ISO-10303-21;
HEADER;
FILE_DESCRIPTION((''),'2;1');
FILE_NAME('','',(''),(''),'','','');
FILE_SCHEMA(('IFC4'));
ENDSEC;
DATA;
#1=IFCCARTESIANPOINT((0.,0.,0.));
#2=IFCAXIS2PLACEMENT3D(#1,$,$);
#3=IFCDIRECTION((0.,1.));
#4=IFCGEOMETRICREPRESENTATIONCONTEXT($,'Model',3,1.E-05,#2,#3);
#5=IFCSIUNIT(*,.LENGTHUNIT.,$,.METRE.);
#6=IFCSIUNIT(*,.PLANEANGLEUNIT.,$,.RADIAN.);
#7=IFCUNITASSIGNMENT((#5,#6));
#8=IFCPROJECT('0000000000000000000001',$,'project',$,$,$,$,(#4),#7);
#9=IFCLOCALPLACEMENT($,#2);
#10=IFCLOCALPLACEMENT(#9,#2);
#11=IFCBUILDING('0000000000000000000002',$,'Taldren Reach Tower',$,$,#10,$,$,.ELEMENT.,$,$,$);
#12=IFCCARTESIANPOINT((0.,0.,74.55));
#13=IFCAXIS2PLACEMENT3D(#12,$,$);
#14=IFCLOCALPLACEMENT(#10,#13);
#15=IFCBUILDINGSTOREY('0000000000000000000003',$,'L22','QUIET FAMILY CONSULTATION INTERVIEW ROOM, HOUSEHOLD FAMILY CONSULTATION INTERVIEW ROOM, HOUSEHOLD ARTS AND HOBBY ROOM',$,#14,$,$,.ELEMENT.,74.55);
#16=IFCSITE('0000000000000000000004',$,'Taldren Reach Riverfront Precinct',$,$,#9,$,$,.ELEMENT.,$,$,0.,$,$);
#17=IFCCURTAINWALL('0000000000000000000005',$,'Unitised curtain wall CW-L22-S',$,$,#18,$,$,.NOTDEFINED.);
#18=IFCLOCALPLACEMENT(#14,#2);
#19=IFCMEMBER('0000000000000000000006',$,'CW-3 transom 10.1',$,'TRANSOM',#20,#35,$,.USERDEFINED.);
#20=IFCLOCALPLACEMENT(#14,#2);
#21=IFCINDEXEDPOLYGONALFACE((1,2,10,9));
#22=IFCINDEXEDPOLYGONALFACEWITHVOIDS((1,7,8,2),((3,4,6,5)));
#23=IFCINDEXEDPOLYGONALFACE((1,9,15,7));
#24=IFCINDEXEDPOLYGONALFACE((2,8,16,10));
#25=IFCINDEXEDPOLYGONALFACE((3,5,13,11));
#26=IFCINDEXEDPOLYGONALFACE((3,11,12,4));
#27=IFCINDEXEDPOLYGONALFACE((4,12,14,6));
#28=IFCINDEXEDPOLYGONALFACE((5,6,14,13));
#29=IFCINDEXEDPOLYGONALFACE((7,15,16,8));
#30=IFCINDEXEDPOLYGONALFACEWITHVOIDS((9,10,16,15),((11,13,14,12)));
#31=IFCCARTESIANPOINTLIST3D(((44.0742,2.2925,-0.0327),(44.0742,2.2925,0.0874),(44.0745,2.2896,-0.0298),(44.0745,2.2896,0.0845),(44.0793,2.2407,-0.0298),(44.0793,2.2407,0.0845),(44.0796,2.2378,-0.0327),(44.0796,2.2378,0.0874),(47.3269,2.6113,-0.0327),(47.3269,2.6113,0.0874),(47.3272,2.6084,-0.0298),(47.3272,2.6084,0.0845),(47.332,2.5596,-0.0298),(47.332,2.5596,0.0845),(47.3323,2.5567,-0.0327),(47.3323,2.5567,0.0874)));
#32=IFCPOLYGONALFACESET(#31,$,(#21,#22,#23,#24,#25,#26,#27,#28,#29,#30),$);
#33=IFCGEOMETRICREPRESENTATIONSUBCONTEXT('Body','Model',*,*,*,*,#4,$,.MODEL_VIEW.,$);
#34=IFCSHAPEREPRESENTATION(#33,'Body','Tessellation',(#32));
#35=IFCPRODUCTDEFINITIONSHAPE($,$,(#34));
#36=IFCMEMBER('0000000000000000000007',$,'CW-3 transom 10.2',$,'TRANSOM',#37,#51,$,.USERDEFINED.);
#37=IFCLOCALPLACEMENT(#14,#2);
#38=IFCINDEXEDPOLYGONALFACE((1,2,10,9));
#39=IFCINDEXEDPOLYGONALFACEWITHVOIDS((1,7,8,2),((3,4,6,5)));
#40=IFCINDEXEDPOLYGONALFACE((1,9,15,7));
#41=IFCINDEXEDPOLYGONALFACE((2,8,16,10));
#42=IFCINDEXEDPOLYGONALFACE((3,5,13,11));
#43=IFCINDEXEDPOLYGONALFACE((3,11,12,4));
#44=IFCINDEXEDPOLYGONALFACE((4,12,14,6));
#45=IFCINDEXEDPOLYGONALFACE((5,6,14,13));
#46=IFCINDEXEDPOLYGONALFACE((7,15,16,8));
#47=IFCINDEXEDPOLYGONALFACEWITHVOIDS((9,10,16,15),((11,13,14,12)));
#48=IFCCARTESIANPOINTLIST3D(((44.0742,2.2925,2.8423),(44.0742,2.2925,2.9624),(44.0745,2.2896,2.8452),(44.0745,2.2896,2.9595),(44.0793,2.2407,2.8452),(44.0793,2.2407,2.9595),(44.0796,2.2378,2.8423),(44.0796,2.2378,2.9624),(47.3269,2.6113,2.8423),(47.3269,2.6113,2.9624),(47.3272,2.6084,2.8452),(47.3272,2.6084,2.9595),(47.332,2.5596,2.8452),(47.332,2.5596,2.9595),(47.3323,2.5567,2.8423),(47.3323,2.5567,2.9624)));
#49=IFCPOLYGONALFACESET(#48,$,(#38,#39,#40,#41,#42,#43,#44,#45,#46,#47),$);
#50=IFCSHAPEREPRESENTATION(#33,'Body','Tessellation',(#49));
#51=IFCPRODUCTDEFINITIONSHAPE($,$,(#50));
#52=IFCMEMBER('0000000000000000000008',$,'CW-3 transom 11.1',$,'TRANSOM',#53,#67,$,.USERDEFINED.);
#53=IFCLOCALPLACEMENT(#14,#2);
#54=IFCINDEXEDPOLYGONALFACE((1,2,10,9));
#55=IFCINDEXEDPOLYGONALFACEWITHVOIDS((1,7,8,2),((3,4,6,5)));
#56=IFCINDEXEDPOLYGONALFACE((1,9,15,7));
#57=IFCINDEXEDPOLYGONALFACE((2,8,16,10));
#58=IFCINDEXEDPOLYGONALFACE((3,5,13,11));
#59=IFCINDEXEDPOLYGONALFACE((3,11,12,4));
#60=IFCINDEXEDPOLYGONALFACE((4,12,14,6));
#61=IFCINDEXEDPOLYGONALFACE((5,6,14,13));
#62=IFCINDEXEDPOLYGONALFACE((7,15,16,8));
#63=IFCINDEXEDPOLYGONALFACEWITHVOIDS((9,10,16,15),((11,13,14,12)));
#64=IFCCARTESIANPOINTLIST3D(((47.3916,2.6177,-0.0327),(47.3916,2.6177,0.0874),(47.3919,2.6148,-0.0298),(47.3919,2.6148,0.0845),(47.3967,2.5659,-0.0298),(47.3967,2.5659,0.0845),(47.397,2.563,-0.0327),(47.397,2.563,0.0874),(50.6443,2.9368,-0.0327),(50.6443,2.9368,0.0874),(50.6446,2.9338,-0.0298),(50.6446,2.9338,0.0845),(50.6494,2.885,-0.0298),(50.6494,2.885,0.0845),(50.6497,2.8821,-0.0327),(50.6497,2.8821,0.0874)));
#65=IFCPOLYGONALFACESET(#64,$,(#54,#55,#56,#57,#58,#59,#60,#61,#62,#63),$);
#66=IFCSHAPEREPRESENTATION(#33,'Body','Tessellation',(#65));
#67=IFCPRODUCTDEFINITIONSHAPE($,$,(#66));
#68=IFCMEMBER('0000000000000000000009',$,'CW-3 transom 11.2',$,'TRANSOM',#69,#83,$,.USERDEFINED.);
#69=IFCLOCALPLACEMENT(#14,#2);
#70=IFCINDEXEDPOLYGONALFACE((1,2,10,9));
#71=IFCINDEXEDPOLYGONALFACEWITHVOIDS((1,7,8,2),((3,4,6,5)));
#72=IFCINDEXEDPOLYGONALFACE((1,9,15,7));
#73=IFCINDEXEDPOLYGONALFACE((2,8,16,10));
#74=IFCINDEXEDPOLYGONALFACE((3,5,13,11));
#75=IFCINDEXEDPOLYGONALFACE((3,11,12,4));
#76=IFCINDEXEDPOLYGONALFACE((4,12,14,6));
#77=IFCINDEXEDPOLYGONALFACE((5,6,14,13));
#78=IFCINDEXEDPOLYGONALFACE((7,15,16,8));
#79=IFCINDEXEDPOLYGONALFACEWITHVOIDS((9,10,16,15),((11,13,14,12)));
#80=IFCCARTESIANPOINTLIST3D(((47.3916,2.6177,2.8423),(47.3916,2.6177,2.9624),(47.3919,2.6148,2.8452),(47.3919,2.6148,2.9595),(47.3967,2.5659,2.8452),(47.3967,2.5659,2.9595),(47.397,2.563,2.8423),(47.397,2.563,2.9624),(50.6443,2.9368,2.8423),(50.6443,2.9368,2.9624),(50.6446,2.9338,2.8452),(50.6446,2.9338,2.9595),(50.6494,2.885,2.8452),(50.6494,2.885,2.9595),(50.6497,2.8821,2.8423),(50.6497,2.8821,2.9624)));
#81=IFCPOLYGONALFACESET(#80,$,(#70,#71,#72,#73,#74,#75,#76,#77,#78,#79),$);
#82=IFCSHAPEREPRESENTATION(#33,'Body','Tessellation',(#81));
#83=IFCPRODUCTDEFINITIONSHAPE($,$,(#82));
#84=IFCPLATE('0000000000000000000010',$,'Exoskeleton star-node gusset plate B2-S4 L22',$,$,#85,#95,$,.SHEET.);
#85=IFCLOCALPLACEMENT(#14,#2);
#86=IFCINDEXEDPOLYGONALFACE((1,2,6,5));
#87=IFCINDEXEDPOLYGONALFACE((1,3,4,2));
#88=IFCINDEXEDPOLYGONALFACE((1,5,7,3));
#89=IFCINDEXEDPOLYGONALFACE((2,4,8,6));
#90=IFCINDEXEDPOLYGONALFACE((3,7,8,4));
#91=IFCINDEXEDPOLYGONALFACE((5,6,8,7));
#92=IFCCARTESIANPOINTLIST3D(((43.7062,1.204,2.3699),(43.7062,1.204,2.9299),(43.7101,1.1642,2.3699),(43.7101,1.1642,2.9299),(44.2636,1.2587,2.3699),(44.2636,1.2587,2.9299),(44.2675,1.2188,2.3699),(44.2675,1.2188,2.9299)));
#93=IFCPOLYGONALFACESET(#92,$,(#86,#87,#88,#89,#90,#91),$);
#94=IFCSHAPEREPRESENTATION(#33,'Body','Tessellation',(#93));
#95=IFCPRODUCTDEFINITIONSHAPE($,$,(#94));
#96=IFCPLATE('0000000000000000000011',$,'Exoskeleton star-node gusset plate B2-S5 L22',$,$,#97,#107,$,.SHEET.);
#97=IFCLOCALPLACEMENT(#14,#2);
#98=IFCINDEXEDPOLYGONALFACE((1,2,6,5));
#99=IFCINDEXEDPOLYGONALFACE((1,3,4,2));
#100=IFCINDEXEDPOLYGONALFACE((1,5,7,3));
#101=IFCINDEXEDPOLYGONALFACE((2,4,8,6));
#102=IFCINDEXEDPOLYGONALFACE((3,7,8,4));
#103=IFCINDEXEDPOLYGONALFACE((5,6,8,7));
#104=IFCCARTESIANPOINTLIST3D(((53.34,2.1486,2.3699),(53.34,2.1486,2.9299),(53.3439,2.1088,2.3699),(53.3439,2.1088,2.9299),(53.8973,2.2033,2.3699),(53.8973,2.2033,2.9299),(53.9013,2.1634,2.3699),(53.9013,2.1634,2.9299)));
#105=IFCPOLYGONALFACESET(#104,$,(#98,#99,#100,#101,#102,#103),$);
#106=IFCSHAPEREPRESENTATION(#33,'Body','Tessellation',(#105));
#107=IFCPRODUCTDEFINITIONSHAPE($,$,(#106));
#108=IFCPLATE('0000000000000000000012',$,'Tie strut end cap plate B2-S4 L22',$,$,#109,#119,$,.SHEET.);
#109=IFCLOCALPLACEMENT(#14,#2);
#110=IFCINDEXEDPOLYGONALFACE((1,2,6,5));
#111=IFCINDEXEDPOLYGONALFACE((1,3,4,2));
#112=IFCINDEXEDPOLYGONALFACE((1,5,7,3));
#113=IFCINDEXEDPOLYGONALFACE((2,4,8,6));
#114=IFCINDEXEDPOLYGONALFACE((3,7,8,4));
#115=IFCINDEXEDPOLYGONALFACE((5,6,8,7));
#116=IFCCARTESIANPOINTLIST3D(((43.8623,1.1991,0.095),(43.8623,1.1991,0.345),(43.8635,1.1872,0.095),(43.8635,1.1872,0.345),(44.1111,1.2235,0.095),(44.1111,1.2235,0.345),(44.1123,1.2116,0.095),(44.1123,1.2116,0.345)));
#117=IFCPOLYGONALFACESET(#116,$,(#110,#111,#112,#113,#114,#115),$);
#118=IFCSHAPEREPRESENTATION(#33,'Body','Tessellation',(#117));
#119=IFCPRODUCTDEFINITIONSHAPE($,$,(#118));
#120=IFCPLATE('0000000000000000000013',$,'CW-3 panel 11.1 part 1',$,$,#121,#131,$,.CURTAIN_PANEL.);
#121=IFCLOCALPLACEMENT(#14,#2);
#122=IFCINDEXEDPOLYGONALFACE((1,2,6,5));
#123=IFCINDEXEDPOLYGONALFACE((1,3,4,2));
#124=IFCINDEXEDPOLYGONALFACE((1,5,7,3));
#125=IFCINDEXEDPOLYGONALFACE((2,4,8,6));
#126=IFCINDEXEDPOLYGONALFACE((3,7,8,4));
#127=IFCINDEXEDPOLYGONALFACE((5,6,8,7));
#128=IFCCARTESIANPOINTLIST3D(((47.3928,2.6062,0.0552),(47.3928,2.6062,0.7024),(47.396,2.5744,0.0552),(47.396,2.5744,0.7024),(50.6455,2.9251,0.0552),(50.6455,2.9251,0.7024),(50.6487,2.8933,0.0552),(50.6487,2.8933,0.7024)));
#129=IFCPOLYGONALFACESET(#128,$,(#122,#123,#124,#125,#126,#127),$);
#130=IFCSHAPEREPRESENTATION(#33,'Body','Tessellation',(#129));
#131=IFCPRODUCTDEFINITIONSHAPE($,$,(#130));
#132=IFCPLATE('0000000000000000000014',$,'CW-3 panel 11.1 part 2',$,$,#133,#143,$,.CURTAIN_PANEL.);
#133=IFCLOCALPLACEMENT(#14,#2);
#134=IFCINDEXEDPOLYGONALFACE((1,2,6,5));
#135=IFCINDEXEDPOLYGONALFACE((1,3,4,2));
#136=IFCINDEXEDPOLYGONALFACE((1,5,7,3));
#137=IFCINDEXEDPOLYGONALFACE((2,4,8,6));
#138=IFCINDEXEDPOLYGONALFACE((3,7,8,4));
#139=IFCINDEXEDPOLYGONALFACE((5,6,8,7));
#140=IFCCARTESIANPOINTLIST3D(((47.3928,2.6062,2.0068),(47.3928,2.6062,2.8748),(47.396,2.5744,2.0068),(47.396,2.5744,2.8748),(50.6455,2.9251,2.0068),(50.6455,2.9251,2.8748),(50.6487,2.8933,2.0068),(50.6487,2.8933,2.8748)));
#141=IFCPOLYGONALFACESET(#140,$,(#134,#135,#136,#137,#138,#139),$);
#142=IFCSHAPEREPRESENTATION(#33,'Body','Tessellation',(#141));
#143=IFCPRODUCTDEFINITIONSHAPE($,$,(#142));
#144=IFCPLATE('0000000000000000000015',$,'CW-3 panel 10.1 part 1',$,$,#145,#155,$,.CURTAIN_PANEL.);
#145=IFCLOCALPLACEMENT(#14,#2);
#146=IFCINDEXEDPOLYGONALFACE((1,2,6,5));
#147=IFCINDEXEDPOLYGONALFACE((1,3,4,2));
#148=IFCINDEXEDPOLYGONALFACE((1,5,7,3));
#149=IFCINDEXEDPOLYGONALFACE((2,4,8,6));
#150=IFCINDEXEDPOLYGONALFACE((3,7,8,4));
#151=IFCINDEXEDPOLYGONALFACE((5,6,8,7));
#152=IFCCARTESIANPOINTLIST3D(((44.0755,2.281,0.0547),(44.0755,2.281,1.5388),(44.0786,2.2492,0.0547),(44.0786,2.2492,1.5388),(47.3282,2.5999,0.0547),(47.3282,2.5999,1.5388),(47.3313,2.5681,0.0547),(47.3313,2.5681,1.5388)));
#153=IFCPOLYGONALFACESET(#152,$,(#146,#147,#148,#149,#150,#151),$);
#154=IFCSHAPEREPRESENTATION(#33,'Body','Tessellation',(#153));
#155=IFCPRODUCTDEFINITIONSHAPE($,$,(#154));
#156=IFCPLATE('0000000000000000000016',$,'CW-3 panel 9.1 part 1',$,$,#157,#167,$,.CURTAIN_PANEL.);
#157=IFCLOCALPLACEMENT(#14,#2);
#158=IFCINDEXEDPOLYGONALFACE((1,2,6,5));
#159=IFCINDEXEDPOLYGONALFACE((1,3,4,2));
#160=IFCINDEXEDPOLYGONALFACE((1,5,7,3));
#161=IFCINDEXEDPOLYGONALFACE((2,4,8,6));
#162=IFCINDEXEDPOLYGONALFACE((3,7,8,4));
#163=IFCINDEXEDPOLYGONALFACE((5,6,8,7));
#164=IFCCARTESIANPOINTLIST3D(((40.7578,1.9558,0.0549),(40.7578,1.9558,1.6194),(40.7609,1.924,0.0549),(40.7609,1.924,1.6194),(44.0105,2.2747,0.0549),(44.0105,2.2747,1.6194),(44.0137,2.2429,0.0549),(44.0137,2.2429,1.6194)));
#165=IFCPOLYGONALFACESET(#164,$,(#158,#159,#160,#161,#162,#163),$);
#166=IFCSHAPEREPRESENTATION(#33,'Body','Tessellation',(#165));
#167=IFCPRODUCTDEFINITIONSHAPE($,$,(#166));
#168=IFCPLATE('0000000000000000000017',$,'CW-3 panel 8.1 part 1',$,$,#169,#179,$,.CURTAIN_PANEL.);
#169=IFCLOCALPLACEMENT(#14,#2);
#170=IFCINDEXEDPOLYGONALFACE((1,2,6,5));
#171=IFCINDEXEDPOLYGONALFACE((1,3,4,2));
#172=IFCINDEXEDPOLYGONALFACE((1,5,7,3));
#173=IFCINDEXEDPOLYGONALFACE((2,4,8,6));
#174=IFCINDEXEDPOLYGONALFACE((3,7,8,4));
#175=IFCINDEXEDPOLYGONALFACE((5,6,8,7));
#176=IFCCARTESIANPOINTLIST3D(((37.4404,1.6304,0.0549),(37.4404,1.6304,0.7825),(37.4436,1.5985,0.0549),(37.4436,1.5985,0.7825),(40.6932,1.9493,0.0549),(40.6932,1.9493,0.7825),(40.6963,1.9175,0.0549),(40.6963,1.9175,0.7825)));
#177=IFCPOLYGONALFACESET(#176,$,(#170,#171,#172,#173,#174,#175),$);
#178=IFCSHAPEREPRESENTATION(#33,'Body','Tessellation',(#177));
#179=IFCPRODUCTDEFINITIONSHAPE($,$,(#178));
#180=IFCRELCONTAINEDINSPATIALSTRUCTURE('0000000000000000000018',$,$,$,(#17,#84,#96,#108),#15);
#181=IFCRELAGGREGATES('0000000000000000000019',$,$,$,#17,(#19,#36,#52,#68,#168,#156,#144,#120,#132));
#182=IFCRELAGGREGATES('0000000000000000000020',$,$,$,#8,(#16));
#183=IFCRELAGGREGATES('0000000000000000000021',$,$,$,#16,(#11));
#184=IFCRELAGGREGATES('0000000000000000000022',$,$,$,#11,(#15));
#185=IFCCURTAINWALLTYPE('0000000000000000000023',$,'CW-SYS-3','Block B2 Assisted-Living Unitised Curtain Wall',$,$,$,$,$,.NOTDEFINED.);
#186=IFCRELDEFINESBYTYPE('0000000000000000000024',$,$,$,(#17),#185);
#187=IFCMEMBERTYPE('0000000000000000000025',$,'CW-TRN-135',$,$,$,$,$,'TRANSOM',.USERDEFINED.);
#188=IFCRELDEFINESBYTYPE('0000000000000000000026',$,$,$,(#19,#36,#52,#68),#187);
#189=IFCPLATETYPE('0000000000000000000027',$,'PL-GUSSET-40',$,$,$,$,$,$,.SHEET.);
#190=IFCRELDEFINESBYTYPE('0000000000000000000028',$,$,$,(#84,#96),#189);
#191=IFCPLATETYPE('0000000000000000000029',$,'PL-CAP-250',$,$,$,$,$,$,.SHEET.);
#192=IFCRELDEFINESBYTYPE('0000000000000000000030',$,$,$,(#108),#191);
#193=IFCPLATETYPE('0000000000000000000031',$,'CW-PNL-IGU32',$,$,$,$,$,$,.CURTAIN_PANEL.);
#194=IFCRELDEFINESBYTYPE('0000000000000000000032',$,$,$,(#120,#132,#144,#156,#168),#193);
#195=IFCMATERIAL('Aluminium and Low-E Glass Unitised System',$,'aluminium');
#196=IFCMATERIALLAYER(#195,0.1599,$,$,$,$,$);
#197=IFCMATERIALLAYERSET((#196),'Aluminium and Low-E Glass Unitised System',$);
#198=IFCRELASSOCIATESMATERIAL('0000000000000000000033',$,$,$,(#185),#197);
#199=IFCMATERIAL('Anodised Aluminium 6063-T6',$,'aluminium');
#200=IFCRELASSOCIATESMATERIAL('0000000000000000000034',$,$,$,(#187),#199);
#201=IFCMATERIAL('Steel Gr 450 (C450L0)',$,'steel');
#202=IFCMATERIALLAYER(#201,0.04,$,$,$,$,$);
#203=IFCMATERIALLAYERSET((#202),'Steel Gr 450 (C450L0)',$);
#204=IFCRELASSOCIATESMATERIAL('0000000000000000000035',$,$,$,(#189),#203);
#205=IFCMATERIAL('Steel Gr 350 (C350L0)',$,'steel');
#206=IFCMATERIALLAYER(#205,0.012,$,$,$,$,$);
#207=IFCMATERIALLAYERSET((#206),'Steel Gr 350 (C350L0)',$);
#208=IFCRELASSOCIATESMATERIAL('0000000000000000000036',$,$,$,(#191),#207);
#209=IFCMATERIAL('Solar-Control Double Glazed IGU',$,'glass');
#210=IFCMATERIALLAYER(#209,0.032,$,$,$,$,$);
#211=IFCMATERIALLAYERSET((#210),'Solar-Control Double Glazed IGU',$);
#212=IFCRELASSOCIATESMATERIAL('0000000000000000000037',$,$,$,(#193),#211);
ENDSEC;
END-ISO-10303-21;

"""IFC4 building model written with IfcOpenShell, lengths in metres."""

from ifc_helpers import new_model, si_unit, direction, frame, origin, origin_2d, place, context, subcontext, project, spatial, rectangle, hollow_rectangle, extrude, source, transform, mapped, material, layer, layer_set, material_profile, profile_set, type_object, element, aggregate, save


model = new_model("IFC4")

# Units and contexts
model_context = context("Model", 3, precision=1e-05, world=origin(), true_north=direction((0.0, 1.0)))
body_context = subcontext(model_context, "Body", "Model", "MODEL_VIEW")
ifc_project = project(units=[si_unit("LENGTHUNIT", "METRE"), si_unit("PLANEANGLEUNIT", "RADIAN")], contexts=[model_context])

# Site, building, storey
site_placement = place(None, origin())
site = spatial("IfcSite", under=ifc_project, at=site_placement, Name="Taldren Reach Riverfront Precinct", CompositionType="ELEMENT", RefElevation=0.0)
building_placement = place(site_placement, origin())
building = spatial("IfcBuilding", under=site, at=building_placement, Name="Taldren Reach Tower", CompositionType="ELEMENT")
storey_placement = place(building_placement, frame((0.0, 0.0, 74.55)))
storey = spatial("IfcBuildingStorey", under=building, at=storey_placement, Name="L22", Description="QUIET FAMILY CONSULTATION INTERVIEW ROOM, HOUSEHOLD FAMILY CONSULTATION INTERVIEW ROOM, HOUSEHOLD ARTS AND HOBBY ROOM", CompositionType="ELEMENT", Elevation=74.55)

# Shared definitions
ifc_material_1 = material(Name="Steel Gr 450 (C450L0)", Category="steel")
ifc_material_2 = material(Name="Steel Gr 350 (C350L0)", Category="steel")

# Curtain wall, members
ifc_material_3 = material(Name="Aluminium and Low-E Glass Unitised System", Category="aluminium")
ifc_layer_1 = layer(ifc_material_3, 0.1599)
ifc_layer_set_1 = layer_set([ifc_layer_1], Name="Aluminium and Low-E Glass Unitised System")
curtain_wall_type = type_object("IfcCurtainWallType", Name="CW-SYS-3", Description="Block B2 Assisted-Living Unitised Curtain Wall", PredefinedType="NOTDEFINED", material=ifc_layer_set_1)
curtain_wall_placement = place(storey_placement, origin())
curtain_wall = element("IfcCurtainWall", 1, at=curtain_wall_placement, inside=storey, type_object=curtain_wall_type, Name="Unitised curtain wall CW-L22-S", PredefinedType="NOTDEFINED")
ifc_material_4 = material(Name="Anodised Aluminium 6063-T6", Category="aluminium")
ifc_material_profile_1 = material_profile(ifc_material_4, hollow_rectangle(XDim=0.0549, YDim=0.1201, WallThickness=0.0029, at=origin_2d()), Name="ALU-120x55x3RHS")
ifc_profile_set_1 = profile_set([ifc_material_profile_1], Name="Anodised Aluminium 6063-T6")
member_type_1 = type_object("IfcMemberType", Name="CW-TRN-135", ElementType="TRANSOM", PredefinedType="USERDEFINED", material=ifc_profile_set_1)
shared_shape_1 = source(origin(), body_context, "Body", "SweptSolid", [
    extrude(hollow_rectangle(XDim=0.0549, YDim=0.1201, WallThickness=0.0029, at=origin_2d()), origin(), (0.0, 0.0, 1.0), 3.2683),
])
member_1_placement = place(storey_placement, frame((44.0769, 2.2651, 0.0273), z_axis=(0.99523, 0.097558, 0.0), x_axis=(-0.097558, 0.99523, 0.0)))
member_1 = element("IfcMember", 2, at=member_1_placement, type_object=member_type_1, Name="CW-3 transom 10.1", ObjectType="TRANSOM", PredefinedType="USERDEFINED", context=body_context, shape_type="MappedRepresentation", body=[
    mapped(shared_shape_1, transform((0.0, 0.0, 0.0), scale=1.0)),
])
member_2_placement = place(storey_placement, frame((44.0769, 2.2651, 2.9023), z_axis=(0.99523, 0.097558, 0.0), x_axis=(-0.097558, 0.99523, 0.0)))
member_2 = element("IfcMember", 3, at=member_2_placement, type_object=member_type_1, Name="CW-3 transom 10.2", ObjectType="TRANSOM", PredefinedType="USERDEFINED", context=body_context, shape_type="MappedRepresentation", body=[
    mapped(shared_shape_1, transform((0.0, 0.0, 0.0), scale=1.0)),
])
member_3_placement = place(storey_placement, frame((47.3943, 2.5903, 0.0273), z_axis=(0.995223, 0.097632, 0.0), x_axis=(-0.097632, 0.995223, 0.0)))
member_3 = element("IfcMember", 4, at=member_3_placement, type_object=member_type_1, Name="CW-3 transom 11.1", ObjectType="TRANSOM", PredefinedType="USERDEFINED", context=body_context, shape_type="MappedRepresentation", body=[
    mapped(shared_shape_1, transform((0.0, 0.0, 0.0), scale=1.0)),
])
member_4_placement = place(storey_placement, frame((47.3943, 2.5903, 2.9023), z_axis=(0.995223, 0.097632, 0.0), x_axis=(-0.097632, 0.995223, 0.0)))
member_4 = element("IfcMember", 5, at=member_4_placement, type_object=member_type_1, Name="CW-3 transom 11.2", ObjectType="TRANSOM", PredefinedType="USERDEFINED", context=body_context, shape_type="MappedRepresentation", body=[
    mapped(shared_shape_1, transform((0.0, 0.0, 0.0), scale=1.0)),
])

# Plates
ifc_layer_2 = layer(ifc_material_1, 0.04)
ifc_layer_set_2 = layer_set([ifc_layer_2], Name="Steel Gr 450 (C450L0)")
plate_type_1 = type_object("IfcPlateType", Name="PL-GUSSET-40", PredefinedType="SHEET", material=ifc_layer_set_2)
shared_shape_2 = source(origin(), body_context, "Body", "SweptSolid", [
    extrude(rectangle(XDim=0.5601, YDim=0.04, at=origin_2d()), origin(), (0.0, 0.0, 1.0), 0.5601),
])
for number, where, z_axis, x_axis, name in (
    (6, (43.9868, 1.2114, 2.3699), (0.0, 0.0, 1.0), (0.995227, 0.097583, 0.0), "Exoskeleton star-node gusset plate B2-S4 L22"),
    (7, (53.6206, 2.156, 2.3699), (0.0, 0.0, 1.0), (0.995227, 0.097583, 0.0), "Exoskeleton star-node gusset plate B2-S5 L22"),
):
    element("IfcPlate", number, at=place(storey_placement, frame(where, z_axis=z_axis, x_axis=x_axis)), inside=storey, type_object=plate_type_1, Name=name, PredefinedType="SHEET", context=body_context, shape_type="MappedRepresentation", body=[
        mapped(shared_shape_2, transform((0.0, 0.0, 0.0), scale=1.0)),
    ])
ifc_layer_3 = layer(ifc_material_2, 0.012)
ifc_layer_set_3 = layer_set([ifc_layer_3], Name="Steel Gr 350 (C350L0)")
plate_type_2 = type_object("IfcPlateType", Name="PL-CAP-250", PredefinedType="SHEET", material=ifc_layer_set_3)
shared_shape_3 = source(origin(), body_context, "Body", "SweptSolid", [
    extrude(rectangle(XDim=0.25, YDim=0.012, at=origin_2d()), origin(), (0.0, 0.0, 1.0), 0.25),
])
plate_1_placement = place(storey_placement, frame((43.9873, 1.2053, 0.095), z_axis=(0.0, 0.0, 1.0), x_axis=(0.995227, 0.097583, 0.0)))
element("IfcPlate", 8, at=plate_1_placement, inside=storey, type_object=plate_type_2, Name="Tie strut end cap plate B2-S4 L22", PredefinedType="SHEET", context=body_context, shape_type="MappedRepresentation", body=[
    mapped(shared_shape_3, transform((0.0, 0.0, 0.0), scale=1.0)),
])

# Plates
ifc_material_5 = material(Name="Solar-Control Double Glazed IGU", Category="glass")
ifc_layer_4 = layer(ifc_material_5, 0.032)
ifc_layer_set_4 = layer_set([ifc_layer_4], Name="Solar-Control Double Glazed IGU")
plate_type_3 = type_object("IfcPlateType", Name="CW-PNL-IGU32", PredefinedType="CURTAIN_PANEL", material=ifc_layer_set_4)
shared_shape_4 = source(origin(), body_context, "Body", "SweptSolid", [
    extrude(rectangle(XDim=3.2683, YDim=0.032, at=origin_2d()), origin(), (0.0, 0.0, 1.0), 0.6472),
])
plate_2_placement = place(storey_placement, frame((49.0208, 2.7498, 0.0552), z_axis=(0.0, 0.0, 1.0), x_axis=(0.995227, 0.097583, 0.0)))
plate_2 = element("IfcPlate", 9, at=plate_2_placement, type_object=plate_type_3, Name="CW-3 panel 11.1 part 1", PredefinedType="CURTAIN_PANEL", context=body_context, shape_type="MappedRepresentation", body=[
    mapped(shared_shape_4, transform((0.0, 0.0, 0.0), scale=1.0)),
])
shared_shape_5 = source(origin(), body_context, "Body", "SweptSolid", [
    extrude(rectangle(XDim=3.2683, YDim=0.032, at=origin_2d()), origin(), (0.0, 0.0, 1.0), 0.8679),
])
plate_3_placement = place(storey_placement, frame((49.0208, 2.7498, 2.0068), z_axis=(0.0, 0.0, 1.0), x_axis=(0.995227, 0.097583, 0.0)))
plate_3 = element("IfcPlate", 10, at=plate_3_placement, type_object=plate_type_3, Name="CW-3 panel 11.1 part 2", PredefinedType="CURTAIN_PANEL", context=body_context, shape_type="MappedRepresentation", body=[
    mapped(shared_shape_5, transform((0.0, 0.0, 0.0), scale=1.0)),
])
shared_shape_6 = source(origin(), body_context, "Body", "SweptSolid", [
    extrude(rectangle(XDim=3.2683, YDim=0.032, at=origin_2d()), origin(), (0.0, 0.0, 1.0), 1.4841),
])
plate_4_placement = place(storey_placement, frame((45.7034, 2.4246, 0.0547), z_axis=(0.0, 0.0, 1.0), x_axis=(0.995227, 0.097583, 0.0)))
plate_4 = element("IfcPlate", 11, at=plate_4_placement, type_object=plate_type_3, Name="CW-3 panel 10.1 part 1", PredefinedType="CURTAIN_PANEL", context=body_context, shape_type="MappedRepresentation", body=[
    mapped(shared_shape_6, transform((0.0, 0.0, 0.0), scale=1.0)),
])
shared_shape_7 = source(origin(), body_context, "Body", "SweptSolid", [
    extrude(rectangle(XDim=3.2683, YDim=0.032, at=origin_2d()), origin(), (0.0, 0.0, 1.0), 1.5645),
])
plate_5_placement = place(storey_placement, frame((42.3857, 2.0994, 0.0549), z_axis=(0.0, 0.0, 1.0), x_axis=(0.995227, 0.097583, 0.0)))
plate_5 = element("IfcPlate", 12, at=plate_5_placement, type_object=plate_type_3, Name="CW-3 panel 9.1 part 1", PredefinedType="CURTAIN_PANEL", context=body_context, shape_type="MappedRepresentation", body=[
    mapped(shared_shape_7, transform((0.0, 0.0, 0.0), scale=1.0)),
])
shared_shape_8 = source(origin(), body_context, "Body", "SweptSolid", [
    extrude(rectangle(XDim=3.2683, YDim=0.032, at=origin_2d()), origin(), (0.0, 0.0, 1.0), 0.7275),
])
plate_6_placement = place(storey_placement, frame((39.0684, 1.7739, 0.0549), z_axis=(0.0, 0.0, 1.0), x_axis=(0.995227, 0.097583, 0.0)))
plate_6 = element("IfcPlate", 13, at=plate_6_placement, type_object=plate_type_3, Name="CW-3 panel 8.1 part 1", PredefinedType="CURTAIN_PANEL", context=body_context, shape_type="MappedRepresentation", body=[
    mapped(shared_shape_8, transform((0.0, 0.0, 0.0), scale=1.0)),
])
aggregate(curtain_wall, [member_1, member_2, member_3, member_4, plate_6, plate_5, plate_4, plate_2, plate_3])

save(model, "model.ifc")
